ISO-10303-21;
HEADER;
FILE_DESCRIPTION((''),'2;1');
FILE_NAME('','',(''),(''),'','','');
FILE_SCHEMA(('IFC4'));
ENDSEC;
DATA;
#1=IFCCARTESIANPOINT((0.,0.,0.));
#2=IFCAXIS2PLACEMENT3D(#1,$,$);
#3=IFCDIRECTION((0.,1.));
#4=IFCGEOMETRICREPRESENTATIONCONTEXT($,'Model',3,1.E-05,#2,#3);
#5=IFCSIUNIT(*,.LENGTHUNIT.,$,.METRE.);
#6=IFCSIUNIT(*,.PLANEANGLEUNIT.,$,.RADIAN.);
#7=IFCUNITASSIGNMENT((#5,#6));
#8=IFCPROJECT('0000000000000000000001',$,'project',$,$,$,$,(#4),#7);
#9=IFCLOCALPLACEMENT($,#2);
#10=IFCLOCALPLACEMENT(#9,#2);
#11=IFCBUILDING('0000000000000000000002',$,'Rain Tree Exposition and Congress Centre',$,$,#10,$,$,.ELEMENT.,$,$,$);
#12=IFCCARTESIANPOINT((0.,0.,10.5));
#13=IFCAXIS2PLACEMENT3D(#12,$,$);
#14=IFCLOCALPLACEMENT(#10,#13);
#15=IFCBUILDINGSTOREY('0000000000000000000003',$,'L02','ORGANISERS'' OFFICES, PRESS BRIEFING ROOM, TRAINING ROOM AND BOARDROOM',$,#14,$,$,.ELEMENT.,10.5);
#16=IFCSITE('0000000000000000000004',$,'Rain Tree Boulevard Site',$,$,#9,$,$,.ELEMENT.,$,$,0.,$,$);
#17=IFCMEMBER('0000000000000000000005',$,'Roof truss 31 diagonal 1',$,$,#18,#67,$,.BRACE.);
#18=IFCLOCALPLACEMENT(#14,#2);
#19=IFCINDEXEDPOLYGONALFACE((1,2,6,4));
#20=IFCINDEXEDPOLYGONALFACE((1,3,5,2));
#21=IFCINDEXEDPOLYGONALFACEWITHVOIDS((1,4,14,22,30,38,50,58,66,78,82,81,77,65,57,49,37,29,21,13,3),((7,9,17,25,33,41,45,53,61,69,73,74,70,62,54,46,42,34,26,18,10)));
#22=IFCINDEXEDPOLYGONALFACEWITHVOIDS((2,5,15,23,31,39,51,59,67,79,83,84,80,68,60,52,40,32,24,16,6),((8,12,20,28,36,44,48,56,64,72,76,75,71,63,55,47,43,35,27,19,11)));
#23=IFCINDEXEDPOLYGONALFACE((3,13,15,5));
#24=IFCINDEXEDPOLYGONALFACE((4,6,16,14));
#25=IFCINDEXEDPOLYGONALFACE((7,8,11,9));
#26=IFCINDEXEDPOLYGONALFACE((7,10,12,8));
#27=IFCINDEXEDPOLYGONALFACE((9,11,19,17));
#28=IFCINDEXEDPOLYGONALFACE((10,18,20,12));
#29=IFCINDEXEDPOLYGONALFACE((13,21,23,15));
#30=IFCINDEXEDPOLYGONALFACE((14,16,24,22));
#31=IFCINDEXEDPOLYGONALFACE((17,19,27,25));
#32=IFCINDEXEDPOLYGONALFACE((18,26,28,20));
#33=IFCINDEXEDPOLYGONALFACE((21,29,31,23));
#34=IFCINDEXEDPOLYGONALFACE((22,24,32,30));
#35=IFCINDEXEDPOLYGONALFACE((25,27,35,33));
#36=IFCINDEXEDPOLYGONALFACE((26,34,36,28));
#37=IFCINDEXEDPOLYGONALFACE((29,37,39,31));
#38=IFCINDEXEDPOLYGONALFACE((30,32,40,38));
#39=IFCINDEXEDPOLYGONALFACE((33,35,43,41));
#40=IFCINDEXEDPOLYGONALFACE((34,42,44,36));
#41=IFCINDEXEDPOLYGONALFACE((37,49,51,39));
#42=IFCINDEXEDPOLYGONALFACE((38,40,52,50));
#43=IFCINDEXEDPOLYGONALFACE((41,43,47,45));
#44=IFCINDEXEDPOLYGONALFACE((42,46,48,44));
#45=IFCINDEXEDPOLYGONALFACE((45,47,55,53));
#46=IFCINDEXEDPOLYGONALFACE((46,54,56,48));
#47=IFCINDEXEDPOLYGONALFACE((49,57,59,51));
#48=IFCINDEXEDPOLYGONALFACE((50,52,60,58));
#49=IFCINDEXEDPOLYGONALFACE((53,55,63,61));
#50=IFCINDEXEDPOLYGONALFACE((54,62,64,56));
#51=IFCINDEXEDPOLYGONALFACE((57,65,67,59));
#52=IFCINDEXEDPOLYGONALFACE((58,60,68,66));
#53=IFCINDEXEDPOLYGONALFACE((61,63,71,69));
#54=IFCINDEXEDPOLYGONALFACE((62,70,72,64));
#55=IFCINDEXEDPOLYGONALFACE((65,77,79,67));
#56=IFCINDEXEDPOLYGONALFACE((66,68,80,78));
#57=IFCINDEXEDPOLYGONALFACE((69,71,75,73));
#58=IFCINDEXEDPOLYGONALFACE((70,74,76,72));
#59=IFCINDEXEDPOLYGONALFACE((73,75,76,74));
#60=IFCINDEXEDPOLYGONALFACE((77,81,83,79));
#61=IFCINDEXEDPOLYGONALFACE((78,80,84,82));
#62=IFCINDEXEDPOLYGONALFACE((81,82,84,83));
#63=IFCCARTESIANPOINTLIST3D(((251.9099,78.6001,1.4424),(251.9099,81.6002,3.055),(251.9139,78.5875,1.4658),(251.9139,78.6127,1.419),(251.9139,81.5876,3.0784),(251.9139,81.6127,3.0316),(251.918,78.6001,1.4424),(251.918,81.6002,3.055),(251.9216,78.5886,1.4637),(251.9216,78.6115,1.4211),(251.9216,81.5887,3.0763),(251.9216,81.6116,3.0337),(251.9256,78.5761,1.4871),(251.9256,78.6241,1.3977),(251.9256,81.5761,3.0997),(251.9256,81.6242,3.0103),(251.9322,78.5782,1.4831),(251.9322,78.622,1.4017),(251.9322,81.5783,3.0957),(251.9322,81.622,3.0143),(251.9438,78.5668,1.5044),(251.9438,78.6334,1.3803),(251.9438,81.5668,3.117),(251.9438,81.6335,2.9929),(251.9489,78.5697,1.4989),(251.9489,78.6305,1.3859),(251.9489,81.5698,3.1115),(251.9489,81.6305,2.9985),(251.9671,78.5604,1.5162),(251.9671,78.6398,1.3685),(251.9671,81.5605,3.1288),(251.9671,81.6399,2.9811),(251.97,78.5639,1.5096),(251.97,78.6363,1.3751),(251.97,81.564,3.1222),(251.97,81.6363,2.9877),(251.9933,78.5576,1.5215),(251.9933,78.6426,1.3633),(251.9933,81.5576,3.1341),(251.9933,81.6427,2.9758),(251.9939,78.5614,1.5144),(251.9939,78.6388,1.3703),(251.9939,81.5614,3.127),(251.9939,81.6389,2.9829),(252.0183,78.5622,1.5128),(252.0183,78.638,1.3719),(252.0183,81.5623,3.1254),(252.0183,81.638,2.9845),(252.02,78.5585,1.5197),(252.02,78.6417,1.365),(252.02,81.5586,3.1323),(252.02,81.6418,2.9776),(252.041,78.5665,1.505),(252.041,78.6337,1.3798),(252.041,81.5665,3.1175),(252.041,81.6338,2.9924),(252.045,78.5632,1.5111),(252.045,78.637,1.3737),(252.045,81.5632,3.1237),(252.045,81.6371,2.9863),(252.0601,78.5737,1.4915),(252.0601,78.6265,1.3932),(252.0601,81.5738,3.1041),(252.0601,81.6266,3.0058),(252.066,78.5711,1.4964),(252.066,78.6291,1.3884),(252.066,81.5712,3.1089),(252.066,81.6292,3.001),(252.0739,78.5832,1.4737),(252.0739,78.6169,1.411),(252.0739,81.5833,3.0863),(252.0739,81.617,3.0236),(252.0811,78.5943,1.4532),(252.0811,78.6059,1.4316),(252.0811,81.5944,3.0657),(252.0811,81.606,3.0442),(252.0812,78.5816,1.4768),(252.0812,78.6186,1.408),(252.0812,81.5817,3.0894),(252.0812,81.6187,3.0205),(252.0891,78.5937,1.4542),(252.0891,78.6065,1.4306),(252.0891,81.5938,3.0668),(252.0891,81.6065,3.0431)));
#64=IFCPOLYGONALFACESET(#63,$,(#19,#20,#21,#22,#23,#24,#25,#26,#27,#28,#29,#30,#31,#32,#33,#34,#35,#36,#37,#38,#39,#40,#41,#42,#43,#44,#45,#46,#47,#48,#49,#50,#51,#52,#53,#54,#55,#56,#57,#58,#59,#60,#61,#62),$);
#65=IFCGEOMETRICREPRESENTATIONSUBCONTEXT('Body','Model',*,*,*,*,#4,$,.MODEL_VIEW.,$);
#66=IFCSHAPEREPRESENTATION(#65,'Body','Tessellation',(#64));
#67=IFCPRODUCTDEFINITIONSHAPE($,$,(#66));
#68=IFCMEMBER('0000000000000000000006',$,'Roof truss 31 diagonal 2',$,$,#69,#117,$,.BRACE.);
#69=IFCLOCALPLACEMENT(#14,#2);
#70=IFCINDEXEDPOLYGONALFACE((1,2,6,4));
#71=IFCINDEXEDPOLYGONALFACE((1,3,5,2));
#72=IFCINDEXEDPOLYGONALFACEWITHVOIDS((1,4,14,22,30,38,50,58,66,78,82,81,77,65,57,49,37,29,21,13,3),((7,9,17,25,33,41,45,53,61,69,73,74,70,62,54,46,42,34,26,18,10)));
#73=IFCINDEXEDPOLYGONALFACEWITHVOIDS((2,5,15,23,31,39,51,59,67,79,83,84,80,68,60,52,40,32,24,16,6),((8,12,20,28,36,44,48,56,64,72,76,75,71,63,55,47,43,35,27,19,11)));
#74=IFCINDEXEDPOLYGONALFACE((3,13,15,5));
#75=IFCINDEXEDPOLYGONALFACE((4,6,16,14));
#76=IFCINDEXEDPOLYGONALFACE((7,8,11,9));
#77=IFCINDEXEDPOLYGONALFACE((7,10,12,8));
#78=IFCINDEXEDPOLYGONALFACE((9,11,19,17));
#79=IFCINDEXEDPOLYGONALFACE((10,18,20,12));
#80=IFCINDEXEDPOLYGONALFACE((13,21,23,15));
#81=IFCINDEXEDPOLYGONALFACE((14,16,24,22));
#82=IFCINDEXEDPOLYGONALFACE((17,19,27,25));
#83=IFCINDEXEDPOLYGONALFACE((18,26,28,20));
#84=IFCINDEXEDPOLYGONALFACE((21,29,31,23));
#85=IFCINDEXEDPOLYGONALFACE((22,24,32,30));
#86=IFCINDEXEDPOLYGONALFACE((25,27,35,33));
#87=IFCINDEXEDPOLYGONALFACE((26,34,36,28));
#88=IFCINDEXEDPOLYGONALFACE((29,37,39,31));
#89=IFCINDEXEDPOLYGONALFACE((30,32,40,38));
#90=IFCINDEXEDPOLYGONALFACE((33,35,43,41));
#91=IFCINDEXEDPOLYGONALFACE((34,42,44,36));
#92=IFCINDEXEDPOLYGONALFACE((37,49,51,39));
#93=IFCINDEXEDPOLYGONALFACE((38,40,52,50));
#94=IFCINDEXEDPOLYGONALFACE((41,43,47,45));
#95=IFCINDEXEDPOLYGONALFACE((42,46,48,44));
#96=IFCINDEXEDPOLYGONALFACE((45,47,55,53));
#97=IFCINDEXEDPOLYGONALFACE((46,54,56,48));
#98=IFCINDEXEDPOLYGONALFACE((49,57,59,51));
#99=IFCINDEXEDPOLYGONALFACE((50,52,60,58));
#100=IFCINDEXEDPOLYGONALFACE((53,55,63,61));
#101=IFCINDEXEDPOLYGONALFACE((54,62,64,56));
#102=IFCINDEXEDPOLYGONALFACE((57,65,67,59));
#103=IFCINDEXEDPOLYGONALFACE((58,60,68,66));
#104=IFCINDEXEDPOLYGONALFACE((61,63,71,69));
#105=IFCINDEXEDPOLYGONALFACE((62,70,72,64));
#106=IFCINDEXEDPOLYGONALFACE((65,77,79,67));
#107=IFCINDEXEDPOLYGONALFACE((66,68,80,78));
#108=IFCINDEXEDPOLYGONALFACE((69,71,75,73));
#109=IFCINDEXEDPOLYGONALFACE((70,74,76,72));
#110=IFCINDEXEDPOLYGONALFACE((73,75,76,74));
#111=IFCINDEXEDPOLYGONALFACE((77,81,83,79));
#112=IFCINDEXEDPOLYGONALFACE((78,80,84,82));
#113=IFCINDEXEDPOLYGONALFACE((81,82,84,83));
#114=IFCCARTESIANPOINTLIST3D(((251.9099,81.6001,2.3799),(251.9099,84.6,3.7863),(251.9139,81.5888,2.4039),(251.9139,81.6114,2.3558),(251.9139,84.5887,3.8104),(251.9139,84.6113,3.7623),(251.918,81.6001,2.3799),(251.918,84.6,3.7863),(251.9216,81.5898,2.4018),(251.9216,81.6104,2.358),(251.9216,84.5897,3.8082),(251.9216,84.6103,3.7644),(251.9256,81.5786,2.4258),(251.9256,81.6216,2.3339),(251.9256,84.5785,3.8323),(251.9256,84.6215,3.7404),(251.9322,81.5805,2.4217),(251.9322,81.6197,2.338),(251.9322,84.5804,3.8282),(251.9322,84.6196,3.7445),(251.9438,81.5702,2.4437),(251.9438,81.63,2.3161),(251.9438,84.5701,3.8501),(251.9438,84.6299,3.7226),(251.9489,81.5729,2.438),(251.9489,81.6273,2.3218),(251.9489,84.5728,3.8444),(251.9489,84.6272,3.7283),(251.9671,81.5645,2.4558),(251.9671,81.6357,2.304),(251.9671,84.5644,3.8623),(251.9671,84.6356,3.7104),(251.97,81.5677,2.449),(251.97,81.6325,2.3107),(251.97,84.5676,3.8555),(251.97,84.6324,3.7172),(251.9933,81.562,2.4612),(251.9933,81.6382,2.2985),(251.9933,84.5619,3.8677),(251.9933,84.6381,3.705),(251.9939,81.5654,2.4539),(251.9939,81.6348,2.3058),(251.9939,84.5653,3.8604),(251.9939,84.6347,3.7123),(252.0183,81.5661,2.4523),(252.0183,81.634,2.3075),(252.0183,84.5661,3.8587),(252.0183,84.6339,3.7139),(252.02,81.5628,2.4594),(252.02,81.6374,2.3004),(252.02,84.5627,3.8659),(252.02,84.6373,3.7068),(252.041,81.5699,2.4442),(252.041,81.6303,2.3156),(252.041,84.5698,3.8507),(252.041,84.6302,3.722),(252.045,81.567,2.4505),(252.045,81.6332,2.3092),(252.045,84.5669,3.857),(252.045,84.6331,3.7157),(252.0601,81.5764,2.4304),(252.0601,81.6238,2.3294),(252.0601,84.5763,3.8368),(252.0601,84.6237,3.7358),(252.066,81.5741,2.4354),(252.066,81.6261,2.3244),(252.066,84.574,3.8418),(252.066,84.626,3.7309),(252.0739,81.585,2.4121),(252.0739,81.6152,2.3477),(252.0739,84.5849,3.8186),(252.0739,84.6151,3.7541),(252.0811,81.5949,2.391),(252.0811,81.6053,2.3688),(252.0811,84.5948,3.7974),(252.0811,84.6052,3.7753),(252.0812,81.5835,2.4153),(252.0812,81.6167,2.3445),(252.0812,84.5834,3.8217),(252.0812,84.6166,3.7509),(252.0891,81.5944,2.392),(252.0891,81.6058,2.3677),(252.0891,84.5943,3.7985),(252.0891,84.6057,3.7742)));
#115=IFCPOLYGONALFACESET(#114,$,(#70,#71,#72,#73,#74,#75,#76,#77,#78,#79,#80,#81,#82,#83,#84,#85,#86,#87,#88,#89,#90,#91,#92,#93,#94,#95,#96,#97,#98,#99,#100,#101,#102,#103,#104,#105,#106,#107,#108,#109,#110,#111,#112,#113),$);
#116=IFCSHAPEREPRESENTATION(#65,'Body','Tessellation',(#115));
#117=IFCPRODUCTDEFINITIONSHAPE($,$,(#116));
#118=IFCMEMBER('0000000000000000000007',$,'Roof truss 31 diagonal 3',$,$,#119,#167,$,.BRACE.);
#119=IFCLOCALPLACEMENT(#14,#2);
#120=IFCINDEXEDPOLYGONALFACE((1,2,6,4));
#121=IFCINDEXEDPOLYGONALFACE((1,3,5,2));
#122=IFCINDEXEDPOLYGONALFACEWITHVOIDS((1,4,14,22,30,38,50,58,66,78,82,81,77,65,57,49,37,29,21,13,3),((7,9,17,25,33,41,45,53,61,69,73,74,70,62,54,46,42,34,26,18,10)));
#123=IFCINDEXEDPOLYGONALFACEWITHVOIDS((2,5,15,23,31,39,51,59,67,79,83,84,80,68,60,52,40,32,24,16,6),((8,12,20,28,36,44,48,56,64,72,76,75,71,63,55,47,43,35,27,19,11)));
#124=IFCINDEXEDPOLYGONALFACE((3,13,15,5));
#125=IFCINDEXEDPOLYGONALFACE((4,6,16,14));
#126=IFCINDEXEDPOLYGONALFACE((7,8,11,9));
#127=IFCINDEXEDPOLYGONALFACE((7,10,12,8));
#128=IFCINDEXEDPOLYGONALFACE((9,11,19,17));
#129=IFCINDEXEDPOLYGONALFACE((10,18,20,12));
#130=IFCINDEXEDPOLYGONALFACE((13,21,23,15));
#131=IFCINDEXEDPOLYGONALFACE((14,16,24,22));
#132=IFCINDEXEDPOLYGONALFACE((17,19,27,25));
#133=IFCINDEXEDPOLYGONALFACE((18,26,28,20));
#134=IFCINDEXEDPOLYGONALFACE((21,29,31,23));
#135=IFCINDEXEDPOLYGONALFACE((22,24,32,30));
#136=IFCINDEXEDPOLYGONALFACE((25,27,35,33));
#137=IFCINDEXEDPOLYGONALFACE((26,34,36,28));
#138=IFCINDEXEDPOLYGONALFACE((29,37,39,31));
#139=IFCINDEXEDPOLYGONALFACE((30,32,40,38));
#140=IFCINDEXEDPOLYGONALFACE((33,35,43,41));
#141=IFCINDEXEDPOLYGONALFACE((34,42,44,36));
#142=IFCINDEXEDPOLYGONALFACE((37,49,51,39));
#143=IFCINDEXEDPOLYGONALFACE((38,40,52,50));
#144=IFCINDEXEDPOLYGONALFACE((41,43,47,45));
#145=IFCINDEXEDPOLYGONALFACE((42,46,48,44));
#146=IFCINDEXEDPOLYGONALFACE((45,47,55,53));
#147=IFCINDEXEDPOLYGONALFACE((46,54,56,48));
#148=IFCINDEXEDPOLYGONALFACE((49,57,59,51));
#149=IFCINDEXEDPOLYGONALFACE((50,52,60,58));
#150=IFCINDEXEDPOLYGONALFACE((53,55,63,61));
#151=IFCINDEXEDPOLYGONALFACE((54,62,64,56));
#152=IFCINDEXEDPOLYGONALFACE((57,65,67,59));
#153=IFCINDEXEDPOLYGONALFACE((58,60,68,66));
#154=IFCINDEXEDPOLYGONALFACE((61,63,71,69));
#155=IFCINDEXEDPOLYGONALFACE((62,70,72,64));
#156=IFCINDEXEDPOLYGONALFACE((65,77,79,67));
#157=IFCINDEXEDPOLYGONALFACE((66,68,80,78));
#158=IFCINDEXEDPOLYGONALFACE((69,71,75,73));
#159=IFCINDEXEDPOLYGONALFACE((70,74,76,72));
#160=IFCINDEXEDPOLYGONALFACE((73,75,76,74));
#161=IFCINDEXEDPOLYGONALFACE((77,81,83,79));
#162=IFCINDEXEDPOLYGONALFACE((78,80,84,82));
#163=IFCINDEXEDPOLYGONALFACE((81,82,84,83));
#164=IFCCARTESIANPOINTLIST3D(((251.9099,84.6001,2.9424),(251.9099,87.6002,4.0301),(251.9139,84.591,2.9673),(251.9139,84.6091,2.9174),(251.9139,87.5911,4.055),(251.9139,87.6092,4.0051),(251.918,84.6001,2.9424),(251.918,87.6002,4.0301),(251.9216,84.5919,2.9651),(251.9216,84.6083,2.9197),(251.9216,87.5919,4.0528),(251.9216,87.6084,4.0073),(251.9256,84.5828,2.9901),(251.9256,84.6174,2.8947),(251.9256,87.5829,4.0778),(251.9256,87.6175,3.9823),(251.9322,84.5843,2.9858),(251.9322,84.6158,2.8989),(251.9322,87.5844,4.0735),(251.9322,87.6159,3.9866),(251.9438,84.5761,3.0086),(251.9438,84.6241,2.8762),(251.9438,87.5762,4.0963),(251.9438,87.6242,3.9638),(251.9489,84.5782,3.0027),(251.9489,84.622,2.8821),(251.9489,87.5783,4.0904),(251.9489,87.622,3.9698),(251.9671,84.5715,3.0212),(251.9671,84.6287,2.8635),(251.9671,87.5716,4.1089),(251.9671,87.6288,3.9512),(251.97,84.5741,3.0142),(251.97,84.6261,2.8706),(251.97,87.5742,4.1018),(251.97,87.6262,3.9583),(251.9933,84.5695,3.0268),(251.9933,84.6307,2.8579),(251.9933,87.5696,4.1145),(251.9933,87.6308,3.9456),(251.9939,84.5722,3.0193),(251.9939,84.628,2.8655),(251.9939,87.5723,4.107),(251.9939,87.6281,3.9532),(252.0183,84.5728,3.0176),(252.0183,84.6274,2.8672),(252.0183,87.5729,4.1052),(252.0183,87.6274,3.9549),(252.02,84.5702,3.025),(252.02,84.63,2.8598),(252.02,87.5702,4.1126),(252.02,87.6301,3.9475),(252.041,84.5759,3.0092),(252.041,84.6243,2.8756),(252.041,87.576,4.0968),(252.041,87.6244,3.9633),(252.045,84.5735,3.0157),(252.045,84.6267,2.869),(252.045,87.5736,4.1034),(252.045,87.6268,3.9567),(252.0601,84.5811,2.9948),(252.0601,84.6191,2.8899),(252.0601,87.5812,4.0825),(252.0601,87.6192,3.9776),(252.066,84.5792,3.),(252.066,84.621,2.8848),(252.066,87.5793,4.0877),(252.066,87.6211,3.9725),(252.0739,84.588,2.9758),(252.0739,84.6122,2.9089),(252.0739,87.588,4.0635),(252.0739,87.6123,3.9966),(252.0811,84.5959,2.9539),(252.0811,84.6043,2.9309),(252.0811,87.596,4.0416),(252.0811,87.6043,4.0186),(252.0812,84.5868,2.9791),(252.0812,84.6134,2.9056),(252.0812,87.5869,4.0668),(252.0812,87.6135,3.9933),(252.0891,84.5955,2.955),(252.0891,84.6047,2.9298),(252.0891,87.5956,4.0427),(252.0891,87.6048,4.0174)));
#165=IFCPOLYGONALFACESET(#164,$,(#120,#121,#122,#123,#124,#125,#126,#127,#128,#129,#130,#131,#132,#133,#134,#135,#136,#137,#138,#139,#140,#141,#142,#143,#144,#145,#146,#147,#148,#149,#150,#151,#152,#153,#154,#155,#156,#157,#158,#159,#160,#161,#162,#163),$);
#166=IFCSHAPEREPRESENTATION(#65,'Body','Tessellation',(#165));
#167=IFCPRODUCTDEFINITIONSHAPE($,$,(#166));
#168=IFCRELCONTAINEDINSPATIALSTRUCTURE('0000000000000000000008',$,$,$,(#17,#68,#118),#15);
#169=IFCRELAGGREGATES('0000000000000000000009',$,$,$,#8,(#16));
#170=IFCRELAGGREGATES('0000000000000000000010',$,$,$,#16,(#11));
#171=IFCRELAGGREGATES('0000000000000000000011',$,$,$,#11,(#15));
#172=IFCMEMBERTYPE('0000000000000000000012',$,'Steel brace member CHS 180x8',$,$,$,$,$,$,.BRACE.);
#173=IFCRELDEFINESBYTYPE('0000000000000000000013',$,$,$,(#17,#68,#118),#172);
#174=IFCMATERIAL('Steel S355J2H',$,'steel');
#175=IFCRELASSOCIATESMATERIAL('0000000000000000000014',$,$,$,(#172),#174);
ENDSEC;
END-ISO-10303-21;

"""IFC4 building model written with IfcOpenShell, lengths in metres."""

from ifc_helpers import new_model, si_unit, direction, frame, origin, origin_2d, place, context, subcontext, project, spatial, hollow_circle, extrude, material, material_profile, profile_set, type_object, element, save


model = new_model("IFC4")

# Units and contexts
model_context = context("Model", 3, precision=1e-05, world=origin(), true_north=direction((0.0, 1.0)))
body_context = subcontext(model_context, "Body", "Model", "MODEL_VIEW")
ifc_project = project(units=[si_unit("LENGTHUNIT", "METRE"), si_unit("PLANEANGLEUNIT", "RADIAN")], contexts=[model_context])

# Site, building, storey
site_placement = place(None, origin())
site = spatial("IfcSite", under=ifc_project, at=site_placement, Name="Rain Tree Boulevard Site", CompositionType="ELEMENT", RefElevation=0.0)
building_placement = place(site_placement, origin())
building = spatial("IfcBuilding", under=site, at=building_placement, Name="Rain Tree Exposition and Congress Centre", CompositionType="ELEMENT")
storey_placement = place(building_placement, frame((0.0, 0.0, 10.5)))
storey = spatial("IfcBuildingStorey", under=building, at=storey_placement, Name="L02", Description="ORGANISERS' OFFICES, PRESS BRIEFING ROOM, TRAINING ROOM AND BOARDROOM", CompositionType="ELEMENT", Elevation=10.5)

# Members
ifc_material_1 = material(Name="Steel S355J2H", Category="steel")
ifc_material_profile_1 = material_profile(ifc_material_1, hollow_circle(Radius=0.0901, WallThickness=0.0081, at=origin_2d()), Name="CHS 180x8")
ifc_profile_set_1 = profile_set([ifc_material_profile_1], Name="Steel S355J2H")
member_type_1 = type_object("IfcMemberType", Name="Steel brace member CHS 180x8", PredefinedType="BRACE", material=ifc_profile_set_1)
member_1_placement = place(storey_placement, frame((252.0, 78.6001, 1.4424), z_axis=(0.0, 0.880818, 0.473454), x_axis=(-1.0, 0.0, 0.0)))
element("IfcMember", 1, at=member_1_placement, inside=storey, type_object=member_type_1, Name="Roof truss 31 diagonal 1", PredefinedType="BRACE", context=body_context, shape_type="SweptSolid", body=[
    extrude(hollow_circle(Radius=0.0901, WallThickness=0.0081, at=origin_2d()), origin(), (0.0, 0.0, 1.0), 3.406),
])
member_2_placement = place(storey_placement, frame((252.0, 81.6001, 2.3799), z_axis=(0.0, 0.905431, 0.424494), x_axis=(-1.0, 0.0, 0.0)))
element("IfcMember", 2, at=member_2_placement, inside=storey, type_object=member_type_1, Name="Roof truss 31 diagonal 2", PredefinedType="BRACE", context=body_context, shape_type="SweptSolid", body=[
    extrude(hollow_circle(Radius=0.0901, WallThickness=0.0081, at=origin_2d()), origin(), (0.0, 0.0, 1.0), 3.3132),
])
member_3_placement = place(storey_placement, frame((252.0, 84.6001, 2.9424), z_axis=(0.0, 0.940121, 0.34084), x_axis=(-1.0, 0.0, 0.0)))
element("IfcMember", 3, at=member_3_placement, inside=storey, type_object=member_type_1, Name="Roof truss 31 diagonal 3", PredefinedType="BRACE", context=body_context, shape_type="SweptSolid", body=[
    extrude(hollow_circle(Radius=0.0901, WallThickness=0.0081, at=origin_2d()), origin(), (0.0, 0.0, 1.0), 3.1912),
])

save(model, "model.ifc")
